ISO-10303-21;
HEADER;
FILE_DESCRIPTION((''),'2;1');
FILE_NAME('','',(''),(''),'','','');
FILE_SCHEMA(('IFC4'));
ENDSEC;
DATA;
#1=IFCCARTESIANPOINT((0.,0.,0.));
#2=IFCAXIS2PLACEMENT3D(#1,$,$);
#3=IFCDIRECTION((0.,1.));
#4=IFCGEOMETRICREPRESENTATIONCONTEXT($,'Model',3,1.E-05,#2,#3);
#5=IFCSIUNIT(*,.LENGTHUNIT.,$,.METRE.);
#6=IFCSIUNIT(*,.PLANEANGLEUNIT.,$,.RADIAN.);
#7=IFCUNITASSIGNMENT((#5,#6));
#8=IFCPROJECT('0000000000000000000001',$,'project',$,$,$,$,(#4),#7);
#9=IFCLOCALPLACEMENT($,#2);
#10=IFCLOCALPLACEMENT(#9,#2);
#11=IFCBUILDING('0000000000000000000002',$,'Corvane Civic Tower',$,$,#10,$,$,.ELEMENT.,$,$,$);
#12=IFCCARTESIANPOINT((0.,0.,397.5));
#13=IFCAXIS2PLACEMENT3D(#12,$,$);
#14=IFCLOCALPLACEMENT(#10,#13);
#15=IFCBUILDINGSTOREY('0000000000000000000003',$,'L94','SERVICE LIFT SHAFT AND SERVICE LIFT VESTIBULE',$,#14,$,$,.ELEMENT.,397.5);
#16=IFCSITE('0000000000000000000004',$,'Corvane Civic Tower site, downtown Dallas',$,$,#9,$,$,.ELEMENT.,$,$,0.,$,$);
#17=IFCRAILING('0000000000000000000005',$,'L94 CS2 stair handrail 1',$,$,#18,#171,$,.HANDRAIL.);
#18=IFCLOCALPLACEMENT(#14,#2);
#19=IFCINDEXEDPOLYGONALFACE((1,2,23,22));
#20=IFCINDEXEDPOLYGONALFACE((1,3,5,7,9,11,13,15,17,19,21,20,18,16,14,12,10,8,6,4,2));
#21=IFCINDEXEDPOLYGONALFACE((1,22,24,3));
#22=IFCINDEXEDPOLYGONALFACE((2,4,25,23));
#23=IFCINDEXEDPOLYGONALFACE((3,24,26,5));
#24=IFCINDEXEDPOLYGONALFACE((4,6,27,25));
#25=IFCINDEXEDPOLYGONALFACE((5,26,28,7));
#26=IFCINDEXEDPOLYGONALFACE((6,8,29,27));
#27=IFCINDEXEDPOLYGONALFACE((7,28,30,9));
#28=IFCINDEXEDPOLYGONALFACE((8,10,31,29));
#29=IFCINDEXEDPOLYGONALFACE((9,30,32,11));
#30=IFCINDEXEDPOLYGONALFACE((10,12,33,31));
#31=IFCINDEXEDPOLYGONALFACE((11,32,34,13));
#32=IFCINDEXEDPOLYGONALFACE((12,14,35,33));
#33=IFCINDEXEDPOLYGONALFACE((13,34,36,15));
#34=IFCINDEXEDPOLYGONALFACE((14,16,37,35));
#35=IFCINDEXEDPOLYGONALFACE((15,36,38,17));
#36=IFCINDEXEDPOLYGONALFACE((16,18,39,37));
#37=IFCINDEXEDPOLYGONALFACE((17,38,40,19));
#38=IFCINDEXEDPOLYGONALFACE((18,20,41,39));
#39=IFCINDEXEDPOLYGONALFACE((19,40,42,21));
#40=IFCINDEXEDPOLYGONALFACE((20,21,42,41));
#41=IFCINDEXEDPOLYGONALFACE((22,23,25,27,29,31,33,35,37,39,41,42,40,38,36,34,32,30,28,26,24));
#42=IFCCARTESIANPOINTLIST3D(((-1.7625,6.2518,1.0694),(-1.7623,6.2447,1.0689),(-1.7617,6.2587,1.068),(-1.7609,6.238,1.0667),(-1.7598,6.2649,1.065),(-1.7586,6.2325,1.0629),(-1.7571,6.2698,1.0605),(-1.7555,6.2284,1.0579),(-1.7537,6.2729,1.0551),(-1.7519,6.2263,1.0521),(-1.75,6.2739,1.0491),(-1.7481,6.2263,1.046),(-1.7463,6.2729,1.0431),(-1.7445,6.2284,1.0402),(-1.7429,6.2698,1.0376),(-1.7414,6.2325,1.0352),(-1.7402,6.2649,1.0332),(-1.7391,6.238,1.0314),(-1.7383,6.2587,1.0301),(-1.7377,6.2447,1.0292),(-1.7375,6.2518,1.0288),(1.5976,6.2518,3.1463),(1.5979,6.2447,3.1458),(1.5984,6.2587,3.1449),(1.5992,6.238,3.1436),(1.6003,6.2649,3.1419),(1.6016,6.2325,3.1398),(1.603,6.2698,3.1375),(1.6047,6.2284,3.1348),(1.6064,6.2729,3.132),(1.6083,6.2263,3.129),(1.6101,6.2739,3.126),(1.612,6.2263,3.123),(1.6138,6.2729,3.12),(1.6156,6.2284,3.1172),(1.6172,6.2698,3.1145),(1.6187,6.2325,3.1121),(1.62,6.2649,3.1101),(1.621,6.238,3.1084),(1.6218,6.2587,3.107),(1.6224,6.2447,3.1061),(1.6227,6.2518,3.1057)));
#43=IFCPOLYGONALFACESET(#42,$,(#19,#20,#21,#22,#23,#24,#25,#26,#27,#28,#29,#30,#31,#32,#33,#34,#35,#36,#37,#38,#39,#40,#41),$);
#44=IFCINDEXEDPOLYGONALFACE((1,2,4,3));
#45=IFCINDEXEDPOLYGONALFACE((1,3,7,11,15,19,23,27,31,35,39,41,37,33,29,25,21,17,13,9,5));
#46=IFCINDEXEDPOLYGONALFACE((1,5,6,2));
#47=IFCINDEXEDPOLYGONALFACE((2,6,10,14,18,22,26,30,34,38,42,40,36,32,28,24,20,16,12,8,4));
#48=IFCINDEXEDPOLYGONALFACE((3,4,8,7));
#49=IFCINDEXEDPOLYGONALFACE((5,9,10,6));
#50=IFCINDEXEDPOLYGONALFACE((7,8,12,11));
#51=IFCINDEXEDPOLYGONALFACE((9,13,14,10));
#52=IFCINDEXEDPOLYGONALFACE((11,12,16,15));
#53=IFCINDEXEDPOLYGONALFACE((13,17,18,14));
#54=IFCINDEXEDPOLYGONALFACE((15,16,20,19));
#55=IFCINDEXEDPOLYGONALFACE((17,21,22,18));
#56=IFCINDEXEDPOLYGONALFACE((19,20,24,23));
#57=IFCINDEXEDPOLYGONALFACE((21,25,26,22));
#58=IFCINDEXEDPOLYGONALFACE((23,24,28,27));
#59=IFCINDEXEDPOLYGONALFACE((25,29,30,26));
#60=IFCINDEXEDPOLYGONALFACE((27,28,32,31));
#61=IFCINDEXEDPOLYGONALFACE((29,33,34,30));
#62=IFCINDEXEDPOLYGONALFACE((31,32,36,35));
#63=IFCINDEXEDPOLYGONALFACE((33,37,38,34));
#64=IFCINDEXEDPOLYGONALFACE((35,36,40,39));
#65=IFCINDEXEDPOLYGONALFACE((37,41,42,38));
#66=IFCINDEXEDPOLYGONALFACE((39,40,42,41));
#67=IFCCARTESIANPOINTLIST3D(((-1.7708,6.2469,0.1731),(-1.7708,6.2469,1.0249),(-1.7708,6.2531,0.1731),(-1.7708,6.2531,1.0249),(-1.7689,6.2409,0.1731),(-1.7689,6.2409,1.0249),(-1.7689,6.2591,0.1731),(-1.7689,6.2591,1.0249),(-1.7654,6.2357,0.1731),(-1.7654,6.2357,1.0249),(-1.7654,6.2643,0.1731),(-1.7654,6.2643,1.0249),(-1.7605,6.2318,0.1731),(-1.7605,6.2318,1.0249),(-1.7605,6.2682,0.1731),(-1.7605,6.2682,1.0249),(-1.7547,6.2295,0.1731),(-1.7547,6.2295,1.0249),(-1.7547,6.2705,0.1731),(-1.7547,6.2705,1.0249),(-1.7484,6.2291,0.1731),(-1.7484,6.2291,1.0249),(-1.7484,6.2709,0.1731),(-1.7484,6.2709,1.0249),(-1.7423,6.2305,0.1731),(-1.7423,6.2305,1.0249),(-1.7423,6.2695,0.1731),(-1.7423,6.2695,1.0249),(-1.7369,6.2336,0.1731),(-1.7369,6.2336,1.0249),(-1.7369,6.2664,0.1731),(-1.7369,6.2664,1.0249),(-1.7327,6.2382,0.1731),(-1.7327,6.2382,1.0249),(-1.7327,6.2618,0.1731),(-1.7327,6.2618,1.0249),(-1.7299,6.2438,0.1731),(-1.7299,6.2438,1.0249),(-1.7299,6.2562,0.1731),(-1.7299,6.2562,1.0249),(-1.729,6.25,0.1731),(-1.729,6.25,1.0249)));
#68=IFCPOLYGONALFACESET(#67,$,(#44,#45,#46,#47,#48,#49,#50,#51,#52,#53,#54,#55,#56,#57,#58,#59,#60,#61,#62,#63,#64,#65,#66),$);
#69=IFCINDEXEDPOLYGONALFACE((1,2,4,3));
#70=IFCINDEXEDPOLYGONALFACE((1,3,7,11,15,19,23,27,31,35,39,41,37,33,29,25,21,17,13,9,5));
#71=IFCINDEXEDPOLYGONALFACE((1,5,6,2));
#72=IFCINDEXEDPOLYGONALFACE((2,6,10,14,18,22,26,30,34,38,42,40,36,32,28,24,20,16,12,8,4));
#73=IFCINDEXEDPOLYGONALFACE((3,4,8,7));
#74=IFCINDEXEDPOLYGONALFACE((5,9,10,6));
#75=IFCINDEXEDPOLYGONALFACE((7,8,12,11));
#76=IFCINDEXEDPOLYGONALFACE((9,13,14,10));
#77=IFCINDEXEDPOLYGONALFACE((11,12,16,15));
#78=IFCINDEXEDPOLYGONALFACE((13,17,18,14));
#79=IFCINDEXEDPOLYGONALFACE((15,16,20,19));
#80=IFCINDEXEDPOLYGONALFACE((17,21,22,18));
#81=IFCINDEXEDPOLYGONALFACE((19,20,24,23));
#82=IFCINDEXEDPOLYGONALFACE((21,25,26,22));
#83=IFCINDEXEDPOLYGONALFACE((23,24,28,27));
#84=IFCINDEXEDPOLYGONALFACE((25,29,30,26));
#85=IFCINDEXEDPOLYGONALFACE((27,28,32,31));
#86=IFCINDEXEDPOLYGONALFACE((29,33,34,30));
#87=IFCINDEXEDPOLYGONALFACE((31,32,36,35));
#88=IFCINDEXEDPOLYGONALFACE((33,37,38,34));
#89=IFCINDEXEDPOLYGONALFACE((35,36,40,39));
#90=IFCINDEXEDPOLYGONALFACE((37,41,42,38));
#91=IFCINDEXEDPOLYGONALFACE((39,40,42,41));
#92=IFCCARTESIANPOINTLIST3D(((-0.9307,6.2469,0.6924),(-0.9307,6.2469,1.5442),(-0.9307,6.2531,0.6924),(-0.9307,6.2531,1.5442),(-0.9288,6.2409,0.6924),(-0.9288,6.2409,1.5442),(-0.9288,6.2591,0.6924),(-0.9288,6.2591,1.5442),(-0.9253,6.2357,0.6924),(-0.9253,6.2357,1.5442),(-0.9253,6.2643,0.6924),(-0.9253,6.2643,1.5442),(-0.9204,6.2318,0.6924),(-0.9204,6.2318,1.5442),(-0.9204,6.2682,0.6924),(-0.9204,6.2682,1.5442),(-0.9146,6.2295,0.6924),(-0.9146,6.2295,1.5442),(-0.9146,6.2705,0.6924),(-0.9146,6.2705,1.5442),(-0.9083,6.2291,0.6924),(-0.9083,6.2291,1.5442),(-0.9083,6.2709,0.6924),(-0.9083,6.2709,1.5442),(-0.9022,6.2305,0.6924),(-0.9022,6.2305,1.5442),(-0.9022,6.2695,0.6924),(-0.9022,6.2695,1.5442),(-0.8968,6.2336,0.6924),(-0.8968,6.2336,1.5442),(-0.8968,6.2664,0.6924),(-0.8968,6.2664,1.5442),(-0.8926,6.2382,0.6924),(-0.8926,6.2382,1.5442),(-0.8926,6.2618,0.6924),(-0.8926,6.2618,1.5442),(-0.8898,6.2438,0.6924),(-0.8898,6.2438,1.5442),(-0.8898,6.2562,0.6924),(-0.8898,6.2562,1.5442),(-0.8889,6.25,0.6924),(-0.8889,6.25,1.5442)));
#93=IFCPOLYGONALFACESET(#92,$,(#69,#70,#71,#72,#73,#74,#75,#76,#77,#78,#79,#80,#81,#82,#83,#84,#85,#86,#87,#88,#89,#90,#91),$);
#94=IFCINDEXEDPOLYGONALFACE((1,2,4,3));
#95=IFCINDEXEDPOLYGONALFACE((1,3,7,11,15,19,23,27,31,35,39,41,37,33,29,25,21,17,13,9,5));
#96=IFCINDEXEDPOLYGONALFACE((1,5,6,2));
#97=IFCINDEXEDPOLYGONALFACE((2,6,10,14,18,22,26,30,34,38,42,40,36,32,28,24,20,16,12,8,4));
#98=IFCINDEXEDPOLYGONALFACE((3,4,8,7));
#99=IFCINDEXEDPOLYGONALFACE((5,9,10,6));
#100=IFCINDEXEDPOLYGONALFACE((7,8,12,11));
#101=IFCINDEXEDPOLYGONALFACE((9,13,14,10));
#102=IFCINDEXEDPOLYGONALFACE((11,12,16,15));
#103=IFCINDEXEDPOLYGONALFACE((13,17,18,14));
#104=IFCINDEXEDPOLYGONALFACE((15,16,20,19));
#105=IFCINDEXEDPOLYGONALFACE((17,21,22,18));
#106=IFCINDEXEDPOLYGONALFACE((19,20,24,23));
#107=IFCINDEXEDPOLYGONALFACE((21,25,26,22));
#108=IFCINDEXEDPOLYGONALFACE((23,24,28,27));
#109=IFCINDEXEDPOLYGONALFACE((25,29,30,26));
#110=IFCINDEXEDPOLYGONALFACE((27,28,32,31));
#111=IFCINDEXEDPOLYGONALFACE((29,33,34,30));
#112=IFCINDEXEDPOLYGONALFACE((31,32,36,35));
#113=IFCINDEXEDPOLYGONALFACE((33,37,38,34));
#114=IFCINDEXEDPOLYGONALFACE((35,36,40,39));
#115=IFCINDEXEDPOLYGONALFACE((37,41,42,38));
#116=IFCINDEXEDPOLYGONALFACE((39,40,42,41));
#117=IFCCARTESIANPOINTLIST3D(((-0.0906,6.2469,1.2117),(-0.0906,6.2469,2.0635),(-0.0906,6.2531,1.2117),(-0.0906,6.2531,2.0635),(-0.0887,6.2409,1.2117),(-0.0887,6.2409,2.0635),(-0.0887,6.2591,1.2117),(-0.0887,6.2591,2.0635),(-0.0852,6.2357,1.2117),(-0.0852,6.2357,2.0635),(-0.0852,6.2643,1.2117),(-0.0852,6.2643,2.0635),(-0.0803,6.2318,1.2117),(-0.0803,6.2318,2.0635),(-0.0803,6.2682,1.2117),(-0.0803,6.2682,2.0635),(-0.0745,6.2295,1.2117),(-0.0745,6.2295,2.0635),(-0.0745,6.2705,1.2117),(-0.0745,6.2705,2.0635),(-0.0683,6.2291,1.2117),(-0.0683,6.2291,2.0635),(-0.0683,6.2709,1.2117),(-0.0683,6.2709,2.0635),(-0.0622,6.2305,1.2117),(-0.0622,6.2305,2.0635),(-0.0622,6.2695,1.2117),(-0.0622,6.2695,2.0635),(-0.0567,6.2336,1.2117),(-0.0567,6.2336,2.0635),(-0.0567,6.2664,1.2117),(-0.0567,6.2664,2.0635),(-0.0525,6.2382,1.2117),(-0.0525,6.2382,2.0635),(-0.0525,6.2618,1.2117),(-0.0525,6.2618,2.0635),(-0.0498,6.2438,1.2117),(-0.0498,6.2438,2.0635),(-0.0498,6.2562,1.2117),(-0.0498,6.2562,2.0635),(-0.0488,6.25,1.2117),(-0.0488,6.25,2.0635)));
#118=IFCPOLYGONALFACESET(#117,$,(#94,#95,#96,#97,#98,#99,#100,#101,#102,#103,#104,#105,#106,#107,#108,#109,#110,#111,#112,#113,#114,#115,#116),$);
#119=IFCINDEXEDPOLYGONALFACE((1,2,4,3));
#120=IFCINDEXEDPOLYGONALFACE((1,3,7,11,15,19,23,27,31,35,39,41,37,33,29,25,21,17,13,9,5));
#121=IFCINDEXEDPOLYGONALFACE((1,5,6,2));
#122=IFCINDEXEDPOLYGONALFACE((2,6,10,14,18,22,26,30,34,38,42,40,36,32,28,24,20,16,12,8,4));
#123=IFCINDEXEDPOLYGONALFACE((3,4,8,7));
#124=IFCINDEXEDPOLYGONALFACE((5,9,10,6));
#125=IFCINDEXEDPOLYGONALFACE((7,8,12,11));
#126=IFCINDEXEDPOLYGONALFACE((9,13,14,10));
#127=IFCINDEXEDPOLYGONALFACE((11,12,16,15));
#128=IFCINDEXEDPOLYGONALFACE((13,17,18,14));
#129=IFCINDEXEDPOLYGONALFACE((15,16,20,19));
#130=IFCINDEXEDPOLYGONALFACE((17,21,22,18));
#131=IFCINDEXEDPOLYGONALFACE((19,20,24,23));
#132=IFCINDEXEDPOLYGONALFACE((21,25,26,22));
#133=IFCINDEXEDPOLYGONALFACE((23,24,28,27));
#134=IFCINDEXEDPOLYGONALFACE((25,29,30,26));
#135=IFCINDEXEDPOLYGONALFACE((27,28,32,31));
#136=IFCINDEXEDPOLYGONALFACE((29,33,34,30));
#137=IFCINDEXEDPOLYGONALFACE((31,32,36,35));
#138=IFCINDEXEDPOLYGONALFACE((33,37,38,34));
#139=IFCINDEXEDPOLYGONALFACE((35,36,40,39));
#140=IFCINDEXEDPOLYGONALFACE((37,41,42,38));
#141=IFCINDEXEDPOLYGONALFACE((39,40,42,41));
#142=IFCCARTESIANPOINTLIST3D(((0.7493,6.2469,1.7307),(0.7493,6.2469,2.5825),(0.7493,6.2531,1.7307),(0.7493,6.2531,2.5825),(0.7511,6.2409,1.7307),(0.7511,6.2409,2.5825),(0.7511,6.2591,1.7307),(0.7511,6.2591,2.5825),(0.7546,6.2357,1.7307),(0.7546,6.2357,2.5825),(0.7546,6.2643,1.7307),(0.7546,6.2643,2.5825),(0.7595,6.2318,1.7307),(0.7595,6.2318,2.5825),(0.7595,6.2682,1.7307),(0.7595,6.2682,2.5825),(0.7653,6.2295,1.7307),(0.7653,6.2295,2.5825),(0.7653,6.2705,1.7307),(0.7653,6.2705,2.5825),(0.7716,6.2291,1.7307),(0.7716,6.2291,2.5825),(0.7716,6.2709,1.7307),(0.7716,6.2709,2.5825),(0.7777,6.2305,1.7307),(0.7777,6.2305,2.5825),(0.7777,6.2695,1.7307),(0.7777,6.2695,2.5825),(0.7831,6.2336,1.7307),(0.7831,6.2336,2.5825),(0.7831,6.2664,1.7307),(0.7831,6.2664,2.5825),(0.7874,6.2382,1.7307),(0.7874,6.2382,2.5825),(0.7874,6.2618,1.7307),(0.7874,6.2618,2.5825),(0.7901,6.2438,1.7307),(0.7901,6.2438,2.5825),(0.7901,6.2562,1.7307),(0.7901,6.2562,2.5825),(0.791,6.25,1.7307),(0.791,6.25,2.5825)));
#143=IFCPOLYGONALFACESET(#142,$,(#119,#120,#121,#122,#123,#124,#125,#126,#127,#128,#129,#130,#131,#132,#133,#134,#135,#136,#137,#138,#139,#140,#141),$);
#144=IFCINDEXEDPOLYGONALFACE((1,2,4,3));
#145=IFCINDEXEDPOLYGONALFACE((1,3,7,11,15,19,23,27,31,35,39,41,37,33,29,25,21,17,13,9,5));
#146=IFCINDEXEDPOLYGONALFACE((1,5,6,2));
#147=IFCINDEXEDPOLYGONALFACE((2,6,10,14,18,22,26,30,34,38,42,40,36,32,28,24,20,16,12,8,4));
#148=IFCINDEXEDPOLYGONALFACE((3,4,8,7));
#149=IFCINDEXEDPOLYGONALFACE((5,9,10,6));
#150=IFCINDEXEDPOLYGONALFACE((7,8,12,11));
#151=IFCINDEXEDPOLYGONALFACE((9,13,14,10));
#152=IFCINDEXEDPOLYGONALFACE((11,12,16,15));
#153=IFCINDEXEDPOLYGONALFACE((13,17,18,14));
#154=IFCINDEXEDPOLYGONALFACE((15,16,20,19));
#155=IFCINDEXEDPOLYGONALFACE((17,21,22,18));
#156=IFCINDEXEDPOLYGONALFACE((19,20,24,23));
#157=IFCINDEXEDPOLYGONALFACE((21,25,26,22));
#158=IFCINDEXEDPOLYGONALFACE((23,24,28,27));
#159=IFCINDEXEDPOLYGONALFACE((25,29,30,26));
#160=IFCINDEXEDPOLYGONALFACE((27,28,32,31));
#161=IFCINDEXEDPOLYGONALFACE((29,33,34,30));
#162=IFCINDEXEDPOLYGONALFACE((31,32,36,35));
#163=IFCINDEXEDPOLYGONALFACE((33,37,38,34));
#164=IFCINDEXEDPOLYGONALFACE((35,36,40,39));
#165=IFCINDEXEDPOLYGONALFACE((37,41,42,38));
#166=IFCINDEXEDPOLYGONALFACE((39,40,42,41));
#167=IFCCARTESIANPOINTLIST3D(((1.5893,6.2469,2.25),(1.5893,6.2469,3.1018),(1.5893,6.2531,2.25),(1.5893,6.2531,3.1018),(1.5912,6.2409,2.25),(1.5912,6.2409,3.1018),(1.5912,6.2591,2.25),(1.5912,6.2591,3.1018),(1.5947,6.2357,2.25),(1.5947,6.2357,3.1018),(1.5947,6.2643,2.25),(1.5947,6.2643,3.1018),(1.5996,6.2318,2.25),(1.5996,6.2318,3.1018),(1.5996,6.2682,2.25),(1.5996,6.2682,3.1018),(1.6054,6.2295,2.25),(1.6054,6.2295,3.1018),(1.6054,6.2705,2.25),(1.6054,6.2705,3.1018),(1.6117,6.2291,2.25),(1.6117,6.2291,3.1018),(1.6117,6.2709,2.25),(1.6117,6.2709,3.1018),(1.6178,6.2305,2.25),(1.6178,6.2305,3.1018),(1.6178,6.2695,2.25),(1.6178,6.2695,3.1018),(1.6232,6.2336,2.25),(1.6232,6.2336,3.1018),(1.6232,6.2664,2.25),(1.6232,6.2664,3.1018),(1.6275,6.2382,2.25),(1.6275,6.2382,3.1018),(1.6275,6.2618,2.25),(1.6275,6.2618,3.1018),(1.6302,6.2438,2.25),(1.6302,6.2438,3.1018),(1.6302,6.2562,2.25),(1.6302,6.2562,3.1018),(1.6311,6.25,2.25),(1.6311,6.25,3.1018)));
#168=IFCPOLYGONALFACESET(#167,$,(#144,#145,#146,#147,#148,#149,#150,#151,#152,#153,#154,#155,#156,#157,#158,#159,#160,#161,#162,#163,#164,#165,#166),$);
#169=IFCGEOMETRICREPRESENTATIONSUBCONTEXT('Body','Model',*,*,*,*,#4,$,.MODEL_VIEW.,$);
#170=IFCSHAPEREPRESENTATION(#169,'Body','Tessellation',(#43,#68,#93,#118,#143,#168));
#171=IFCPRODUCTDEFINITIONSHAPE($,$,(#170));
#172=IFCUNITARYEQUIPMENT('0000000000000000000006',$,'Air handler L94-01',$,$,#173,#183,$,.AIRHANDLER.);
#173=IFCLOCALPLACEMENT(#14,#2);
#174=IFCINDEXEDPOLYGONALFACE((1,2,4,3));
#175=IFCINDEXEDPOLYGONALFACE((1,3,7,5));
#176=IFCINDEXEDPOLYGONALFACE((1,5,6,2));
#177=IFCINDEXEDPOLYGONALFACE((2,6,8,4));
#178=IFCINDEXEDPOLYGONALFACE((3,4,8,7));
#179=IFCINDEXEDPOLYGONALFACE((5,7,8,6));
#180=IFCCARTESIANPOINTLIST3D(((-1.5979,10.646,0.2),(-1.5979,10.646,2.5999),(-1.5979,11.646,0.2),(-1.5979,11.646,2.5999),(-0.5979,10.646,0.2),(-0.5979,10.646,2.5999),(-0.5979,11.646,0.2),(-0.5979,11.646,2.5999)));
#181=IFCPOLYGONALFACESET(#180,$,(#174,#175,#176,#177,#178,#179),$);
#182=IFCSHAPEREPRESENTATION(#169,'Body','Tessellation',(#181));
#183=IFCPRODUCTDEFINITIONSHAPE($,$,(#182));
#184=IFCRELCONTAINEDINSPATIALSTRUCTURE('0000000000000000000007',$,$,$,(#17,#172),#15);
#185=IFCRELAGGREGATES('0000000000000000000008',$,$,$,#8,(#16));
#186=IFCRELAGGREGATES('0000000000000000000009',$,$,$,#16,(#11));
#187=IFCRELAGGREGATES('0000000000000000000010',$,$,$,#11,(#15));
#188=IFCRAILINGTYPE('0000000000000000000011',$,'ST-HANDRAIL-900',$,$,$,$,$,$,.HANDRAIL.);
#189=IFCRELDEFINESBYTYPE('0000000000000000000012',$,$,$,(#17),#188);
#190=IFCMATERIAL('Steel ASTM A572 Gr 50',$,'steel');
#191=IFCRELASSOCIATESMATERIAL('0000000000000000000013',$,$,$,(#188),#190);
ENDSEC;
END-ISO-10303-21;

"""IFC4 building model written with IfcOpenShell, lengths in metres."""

from ifc_helpers import new_model, si_unit, direction, frame, origin, origin_2d, place, context, subcontext, project, spatial, rectangle, circle, extrude, material, type_object, element, save


model = new_model("IFC4")

# Units and contexts
model_context = context("Model", 3, precision=1e-05, world=origin(), true_north=direction((0.0, 1.0)))
body_context = subcontext(model_context, "Body", "Model", "MODEL_VIEW")
ifc_project = project(units=[si_unit("LENGTHUNIT", "METRE"), si_unit("PLANEANGLEUNIT", "RADIAN")], contexts=[model_context])

# Site, building, storey
site_placement = place(None, origin())
site = spatial("IfcSite", under=ifc_project, at=site_placement, Name="Corvane Civic Tower site, downtown Dallas", CompositionType="ELEMENT", RefElevation=0.0)
building_placement = place(site_placement, origin())
building = spatial("IfcBuilding", under=site, at=building_placement, Name="Corvane Civic Tower", CompositionType="ELEMENT")
storey_placement = place(building_placement, frame((0.0, 0.0, 397.5)))
storey = spatial("IfcBuildingStorey", under=building, at=storey_placement, Name="L94", Description="SERVICE LIFT SHAFT AND SERVICE LIFT VESTIBULE", CompositionType="ELEMENT", Elevation=397.5)

# Railing
ifc_material_1 = material(Name="Steel ASTM A572 Gr 50", Category="steel")
railing_type_1 = type_object("IfcRailingType", Name="ST-HANDRAIL-900", PredefinedType="HANDRAIL", material=ifc_material_1)
railing_1_placement = place(storey_placement, frame((-1.75, 6.25, 0.1731)))
element("IfcRailing", 1, at=railing_1_placement, inside=storey, type_object=railing_type_1, Name="L94 CS2 stair handrail 1", PredefinedType="HANDRAIL", context=body_context, shape_type="SweptSolid", body=[
    extrude(circle(Radius=0.0239, at=origin_2d()), frame((0.0, 0.0, 0.876), z_axis=(0.850623, 0.0, 0.525776), x_axis=(0.0, 1.0, 0.0)), (0.0, 0.0, 1.0), 3.9502),
    extrude(circle(Radius=0.021, at=origin_2d()), origin(), (0.0, 0.0, 1.0), 0.8518),
    extrude(circle(Radius=0.021, at=origin_2d()), frame((0.8401, 0.0, 0.5193)), (0.0, 0.0, 1.0), 0.8518),
    extrude(circle(Radius=0.021, at=origin_2d()), frame((1.6802, 0.0, 1.0386)), (0.0, 0.0, 1.0), 0.8518),
    extrude(circle(Radius=0.021, at=origin_2d()), frame((2.52, 0.0, 1.5576)), (0.0, 0.0, 1.0), 0.8518),
    extrude(circle(Radius=0.021, at=origin_2d()), frame((3.3601, 0.0, 2.0769)), (0.0, 0.0, 1.0), 0.8518),
])

# Unitary equipment
unitary_equipment_placement = place(storey_placement, frame((-1.0979, 11.146, 0.2), z_axis=(0.0, 0.0, 1.0), x_axis=(1.0, 0.0, 0.0)))
element("IfcUnitaryEquipment", 2, at=unitary_equipment_placement, inside=storey, Name="Air handler L94-01", PredefinedType="AIRHANDLER", context=body_context, shape_type="SweptSolid", body=[
    extrude(rectangle(XDim=1.0, YDim=1.0, at=origin_2d()), origin(), (0.0, 0.0, 1.0), 2.3999),
])

save(model, "model.ifc")
